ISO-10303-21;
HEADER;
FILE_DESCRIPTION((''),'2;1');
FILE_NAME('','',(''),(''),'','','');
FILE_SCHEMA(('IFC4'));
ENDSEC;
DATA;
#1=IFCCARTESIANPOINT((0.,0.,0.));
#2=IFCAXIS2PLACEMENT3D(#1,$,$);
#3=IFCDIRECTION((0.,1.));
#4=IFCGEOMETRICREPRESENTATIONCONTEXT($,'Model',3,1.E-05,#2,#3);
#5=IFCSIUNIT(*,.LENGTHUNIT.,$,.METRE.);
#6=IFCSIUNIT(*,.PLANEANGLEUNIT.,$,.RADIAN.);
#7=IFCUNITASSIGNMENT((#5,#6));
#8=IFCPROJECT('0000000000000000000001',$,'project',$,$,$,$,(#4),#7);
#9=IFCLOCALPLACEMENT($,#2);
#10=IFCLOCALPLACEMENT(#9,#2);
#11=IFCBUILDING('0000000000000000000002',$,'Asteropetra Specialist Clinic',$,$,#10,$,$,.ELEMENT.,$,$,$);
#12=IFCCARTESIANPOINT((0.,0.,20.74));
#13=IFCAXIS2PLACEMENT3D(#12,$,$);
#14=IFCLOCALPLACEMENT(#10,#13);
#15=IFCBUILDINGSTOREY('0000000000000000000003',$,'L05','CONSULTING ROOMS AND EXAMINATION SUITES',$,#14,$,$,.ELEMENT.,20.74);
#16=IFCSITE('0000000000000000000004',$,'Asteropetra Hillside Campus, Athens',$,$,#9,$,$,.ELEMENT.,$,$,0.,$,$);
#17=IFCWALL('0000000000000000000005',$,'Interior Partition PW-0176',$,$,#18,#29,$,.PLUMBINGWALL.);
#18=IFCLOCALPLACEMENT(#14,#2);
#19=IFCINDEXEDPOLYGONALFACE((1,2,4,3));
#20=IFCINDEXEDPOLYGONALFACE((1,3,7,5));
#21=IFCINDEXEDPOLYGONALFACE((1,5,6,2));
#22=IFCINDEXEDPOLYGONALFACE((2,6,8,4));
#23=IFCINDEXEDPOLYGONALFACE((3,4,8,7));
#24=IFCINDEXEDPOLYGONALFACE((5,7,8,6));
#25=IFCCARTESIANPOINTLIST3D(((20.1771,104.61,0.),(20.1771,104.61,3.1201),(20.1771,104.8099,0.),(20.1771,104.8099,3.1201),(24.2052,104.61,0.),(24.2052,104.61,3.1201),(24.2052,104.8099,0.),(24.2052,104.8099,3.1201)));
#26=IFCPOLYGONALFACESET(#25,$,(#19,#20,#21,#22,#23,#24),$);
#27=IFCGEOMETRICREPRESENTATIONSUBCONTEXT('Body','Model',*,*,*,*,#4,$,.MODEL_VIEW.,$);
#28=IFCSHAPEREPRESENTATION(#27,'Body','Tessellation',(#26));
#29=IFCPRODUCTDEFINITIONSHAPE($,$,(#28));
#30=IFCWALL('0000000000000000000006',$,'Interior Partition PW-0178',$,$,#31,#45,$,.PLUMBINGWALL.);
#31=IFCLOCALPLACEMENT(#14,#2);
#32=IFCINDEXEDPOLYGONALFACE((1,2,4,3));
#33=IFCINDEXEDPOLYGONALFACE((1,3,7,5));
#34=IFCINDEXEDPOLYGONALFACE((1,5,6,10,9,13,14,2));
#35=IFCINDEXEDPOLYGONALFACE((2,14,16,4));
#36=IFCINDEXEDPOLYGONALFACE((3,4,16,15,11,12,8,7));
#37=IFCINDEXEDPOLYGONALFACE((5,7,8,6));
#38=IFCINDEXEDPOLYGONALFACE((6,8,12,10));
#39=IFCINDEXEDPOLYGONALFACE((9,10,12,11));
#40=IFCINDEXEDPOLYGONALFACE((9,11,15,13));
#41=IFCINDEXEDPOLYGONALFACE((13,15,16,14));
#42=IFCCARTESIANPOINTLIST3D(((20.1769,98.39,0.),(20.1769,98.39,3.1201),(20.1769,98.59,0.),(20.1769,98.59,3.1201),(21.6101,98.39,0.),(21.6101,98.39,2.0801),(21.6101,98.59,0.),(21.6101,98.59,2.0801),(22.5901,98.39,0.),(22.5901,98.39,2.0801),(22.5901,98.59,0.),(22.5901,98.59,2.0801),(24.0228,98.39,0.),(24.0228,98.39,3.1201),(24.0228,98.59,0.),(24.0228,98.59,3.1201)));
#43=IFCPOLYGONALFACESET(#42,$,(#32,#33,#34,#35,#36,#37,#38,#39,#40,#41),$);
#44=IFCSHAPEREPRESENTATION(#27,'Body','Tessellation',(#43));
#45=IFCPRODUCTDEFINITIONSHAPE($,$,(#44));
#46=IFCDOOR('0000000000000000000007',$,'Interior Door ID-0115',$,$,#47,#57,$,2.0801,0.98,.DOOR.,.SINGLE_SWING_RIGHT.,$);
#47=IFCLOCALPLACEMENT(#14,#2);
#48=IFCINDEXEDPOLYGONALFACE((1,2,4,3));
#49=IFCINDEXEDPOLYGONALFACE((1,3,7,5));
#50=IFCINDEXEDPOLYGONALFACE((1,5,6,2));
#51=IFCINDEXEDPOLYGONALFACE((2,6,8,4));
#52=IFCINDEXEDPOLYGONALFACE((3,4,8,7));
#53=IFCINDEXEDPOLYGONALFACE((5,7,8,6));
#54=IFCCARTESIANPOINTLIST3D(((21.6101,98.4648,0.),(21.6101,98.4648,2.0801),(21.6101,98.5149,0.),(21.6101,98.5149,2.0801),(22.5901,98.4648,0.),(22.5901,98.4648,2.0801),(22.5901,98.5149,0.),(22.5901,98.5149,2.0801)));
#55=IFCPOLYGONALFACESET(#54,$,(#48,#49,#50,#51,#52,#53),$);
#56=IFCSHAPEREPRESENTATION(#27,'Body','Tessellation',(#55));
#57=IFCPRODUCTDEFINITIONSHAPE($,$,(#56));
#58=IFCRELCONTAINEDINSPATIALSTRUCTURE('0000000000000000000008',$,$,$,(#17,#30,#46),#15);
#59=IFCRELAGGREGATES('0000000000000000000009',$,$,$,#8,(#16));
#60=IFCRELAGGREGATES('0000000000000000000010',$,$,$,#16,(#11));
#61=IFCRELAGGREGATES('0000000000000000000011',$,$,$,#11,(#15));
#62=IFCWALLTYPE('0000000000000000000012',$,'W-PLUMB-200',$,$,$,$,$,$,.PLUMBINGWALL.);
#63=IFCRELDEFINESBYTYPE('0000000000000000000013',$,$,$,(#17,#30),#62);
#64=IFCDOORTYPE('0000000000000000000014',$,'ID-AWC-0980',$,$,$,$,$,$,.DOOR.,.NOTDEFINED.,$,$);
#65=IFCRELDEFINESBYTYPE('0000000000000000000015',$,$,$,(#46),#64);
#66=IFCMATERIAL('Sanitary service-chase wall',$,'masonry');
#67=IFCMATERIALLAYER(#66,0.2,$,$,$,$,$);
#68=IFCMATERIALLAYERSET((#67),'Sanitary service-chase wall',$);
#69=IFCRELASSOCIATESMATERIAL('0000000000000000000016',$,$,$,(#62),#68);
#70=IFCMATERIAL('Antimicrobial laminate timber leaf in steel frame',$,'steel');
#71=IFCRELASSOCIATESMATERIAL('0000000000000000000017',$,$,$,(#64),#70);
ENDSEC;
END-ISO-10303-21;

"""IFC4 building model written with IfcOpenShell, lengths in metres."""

from ifc_helpers import new_model, si_unit, direction, frame, frame_2d, origin, place, context, subcontext, project, spatial, rectangle, extrude, material, layer, layer_set, type_object, element, fill, save


model = new_model("IFC4")

# Units and contexts
model_context = context("Model", 3, precision=1e-05, world=origin(), true_north=direction((0.0, 1.0)))
body_context = subcontext(model_context, "Body", "Model", "MODEL_VIEW")
ifc_project = project(units=[si_unit("LENGTHUNIT", "METRE"), si_unit("PLANEANGLEUNIT", "RADIAN")], contexts=[model_context])

# Site, building, storey
site_placement = place(None, origin())
site = spatial("IfcSite", under=ifc_project, at=site_placement, Name="Asteropetra Hillside Campus, Athens", CompositionType="ELEMENT", RefElevation=0.0)
building_placement = place(site_placement, origin())
building = spatial("IfcBuilding", under=site, at=building_placement, Name="Asteropetra Specialist Clinic", CompositionType="ELEMENT")
storey_placement = place(building_placement, frame((0.0, 0.0, 20.74)))
storey = spatial("IfcBuildingStorey", under=building, at=storey_placement, Name="L05", Description="CONSULTING ROOMS AND EXAMINATION SUITES", CompositionType="ELEMENT", Elevation=20.74)

# Wall
ifc_material_1 = material(Name="Sanitary service-chase wall", Category="masonry")
ifc_layer_1 = layer(ifc_material_1, 0.2)
ifc_layer_set_1 = layer_set([ifc_layer_1], Name="Sanitary service-chase wall")
wall_type_1 = type_object("IfcWallType", Name="W-PLUMB-200", PredefinedType="PLUMBINGWALL", material=ifc_layer_set_1)
wall_1_placement = place(storey_placement, frame((20.177, 104.71, 0.0), z_axis=(0.0, 0.0, 1.0), x_axis=(1.0, 0.0, 0.0)))
element("IfcWall", 1, at=wall_1_placement, inside=storey, type_object=wall_type_1, Name="Interior Partition PW-0176", PredefinedType="PLUMBINGWALL", context=body_context, shape_type="SweptSolid", body=[
    extrude(rectangle(XDim=4.0281, YDim=0.2, at=frame_2d((2.0142, 0.0))), origin(), (0.0, 0.0, 1.0), 3.1201),
])

# Wall, opening, door
wall_2_placement = place(storey_placement, frame((20.177, 98.49, 0.0), z_axis=(0.0, 0.0, 1.0), x_axis=(1.0, 0.0, 0.0)))
wall_2 = element("IfcWall", 2, at=wall_2_placement, inside=storey, type_object=wall_type_1, Name="Interior Partition PW-0178", PredefinedType="PLUMBINGWALL", context=body_context, shape_type="SweptSolid", body=[
    extrude(rectangle(XDim=3.8459, YDim=0.2, at=frame_2d((1.9229, 0.0))), origin(), (0.0, 0.0, 1.0), 3.1201),
])
opening_1_placement = place(wall_2_placement, frame((1.4331, 0.0, 0.0)))
opening_1 = element("IfcOpeningElement", 3, at=opening_1_placement, cuts=wall_2, PredefinedType="OPENING", context=body_context, shape_type="SweptSolid", body=[
    extrude(rectangle(XDim=0.98, YDim=2.0801, at=frame_2d((0.49, 1.04))), frame((0.0, 0.1099, 0.0), z_axis=(0.0, -1.0, 0.0), x_axis=(1.0, 0.0, 0.0)), (0.0, 0.0, 1.0), 0.22),
])
ifc_material_2 = material(Name="Antimicrobial laminate timber leaf in steel frame", Category="steel")
door_type_1 = type_object("IfcDoorType", Name="ID-AWC-0980", OperationType="NOTDEFINED", PredefinedType="DOOR", material=ifc_material_2)
door_1_placement = place(opening_1_placement, origin())
door_1 = element("IfcDoor", 4, at=door_1_placement, inside=storey, type_object=door_type_1, Name="Interior Door ID-0115", OperationType="SINGLE_SWING_RIGHT", OverallHeight=2.0801, OverallWidth=0.98, PredefinedType="DOOR", context=body_context, shape_type="SweptSolid", body=[
    extrude(rectangle(XDim=0.98, YDim=2.0801, at=frame_2d((0.49, 1.04))), frame((0.0, 0.0249, 0.0), z_axis=(0.0, -1.0, 0.0), x_axis=(1.0, 0.0, 0.0)), (0.0, 0.0, 1.0), 0.05),
])
fill(opening_1, door_1)

save(model, "model.ifc")
